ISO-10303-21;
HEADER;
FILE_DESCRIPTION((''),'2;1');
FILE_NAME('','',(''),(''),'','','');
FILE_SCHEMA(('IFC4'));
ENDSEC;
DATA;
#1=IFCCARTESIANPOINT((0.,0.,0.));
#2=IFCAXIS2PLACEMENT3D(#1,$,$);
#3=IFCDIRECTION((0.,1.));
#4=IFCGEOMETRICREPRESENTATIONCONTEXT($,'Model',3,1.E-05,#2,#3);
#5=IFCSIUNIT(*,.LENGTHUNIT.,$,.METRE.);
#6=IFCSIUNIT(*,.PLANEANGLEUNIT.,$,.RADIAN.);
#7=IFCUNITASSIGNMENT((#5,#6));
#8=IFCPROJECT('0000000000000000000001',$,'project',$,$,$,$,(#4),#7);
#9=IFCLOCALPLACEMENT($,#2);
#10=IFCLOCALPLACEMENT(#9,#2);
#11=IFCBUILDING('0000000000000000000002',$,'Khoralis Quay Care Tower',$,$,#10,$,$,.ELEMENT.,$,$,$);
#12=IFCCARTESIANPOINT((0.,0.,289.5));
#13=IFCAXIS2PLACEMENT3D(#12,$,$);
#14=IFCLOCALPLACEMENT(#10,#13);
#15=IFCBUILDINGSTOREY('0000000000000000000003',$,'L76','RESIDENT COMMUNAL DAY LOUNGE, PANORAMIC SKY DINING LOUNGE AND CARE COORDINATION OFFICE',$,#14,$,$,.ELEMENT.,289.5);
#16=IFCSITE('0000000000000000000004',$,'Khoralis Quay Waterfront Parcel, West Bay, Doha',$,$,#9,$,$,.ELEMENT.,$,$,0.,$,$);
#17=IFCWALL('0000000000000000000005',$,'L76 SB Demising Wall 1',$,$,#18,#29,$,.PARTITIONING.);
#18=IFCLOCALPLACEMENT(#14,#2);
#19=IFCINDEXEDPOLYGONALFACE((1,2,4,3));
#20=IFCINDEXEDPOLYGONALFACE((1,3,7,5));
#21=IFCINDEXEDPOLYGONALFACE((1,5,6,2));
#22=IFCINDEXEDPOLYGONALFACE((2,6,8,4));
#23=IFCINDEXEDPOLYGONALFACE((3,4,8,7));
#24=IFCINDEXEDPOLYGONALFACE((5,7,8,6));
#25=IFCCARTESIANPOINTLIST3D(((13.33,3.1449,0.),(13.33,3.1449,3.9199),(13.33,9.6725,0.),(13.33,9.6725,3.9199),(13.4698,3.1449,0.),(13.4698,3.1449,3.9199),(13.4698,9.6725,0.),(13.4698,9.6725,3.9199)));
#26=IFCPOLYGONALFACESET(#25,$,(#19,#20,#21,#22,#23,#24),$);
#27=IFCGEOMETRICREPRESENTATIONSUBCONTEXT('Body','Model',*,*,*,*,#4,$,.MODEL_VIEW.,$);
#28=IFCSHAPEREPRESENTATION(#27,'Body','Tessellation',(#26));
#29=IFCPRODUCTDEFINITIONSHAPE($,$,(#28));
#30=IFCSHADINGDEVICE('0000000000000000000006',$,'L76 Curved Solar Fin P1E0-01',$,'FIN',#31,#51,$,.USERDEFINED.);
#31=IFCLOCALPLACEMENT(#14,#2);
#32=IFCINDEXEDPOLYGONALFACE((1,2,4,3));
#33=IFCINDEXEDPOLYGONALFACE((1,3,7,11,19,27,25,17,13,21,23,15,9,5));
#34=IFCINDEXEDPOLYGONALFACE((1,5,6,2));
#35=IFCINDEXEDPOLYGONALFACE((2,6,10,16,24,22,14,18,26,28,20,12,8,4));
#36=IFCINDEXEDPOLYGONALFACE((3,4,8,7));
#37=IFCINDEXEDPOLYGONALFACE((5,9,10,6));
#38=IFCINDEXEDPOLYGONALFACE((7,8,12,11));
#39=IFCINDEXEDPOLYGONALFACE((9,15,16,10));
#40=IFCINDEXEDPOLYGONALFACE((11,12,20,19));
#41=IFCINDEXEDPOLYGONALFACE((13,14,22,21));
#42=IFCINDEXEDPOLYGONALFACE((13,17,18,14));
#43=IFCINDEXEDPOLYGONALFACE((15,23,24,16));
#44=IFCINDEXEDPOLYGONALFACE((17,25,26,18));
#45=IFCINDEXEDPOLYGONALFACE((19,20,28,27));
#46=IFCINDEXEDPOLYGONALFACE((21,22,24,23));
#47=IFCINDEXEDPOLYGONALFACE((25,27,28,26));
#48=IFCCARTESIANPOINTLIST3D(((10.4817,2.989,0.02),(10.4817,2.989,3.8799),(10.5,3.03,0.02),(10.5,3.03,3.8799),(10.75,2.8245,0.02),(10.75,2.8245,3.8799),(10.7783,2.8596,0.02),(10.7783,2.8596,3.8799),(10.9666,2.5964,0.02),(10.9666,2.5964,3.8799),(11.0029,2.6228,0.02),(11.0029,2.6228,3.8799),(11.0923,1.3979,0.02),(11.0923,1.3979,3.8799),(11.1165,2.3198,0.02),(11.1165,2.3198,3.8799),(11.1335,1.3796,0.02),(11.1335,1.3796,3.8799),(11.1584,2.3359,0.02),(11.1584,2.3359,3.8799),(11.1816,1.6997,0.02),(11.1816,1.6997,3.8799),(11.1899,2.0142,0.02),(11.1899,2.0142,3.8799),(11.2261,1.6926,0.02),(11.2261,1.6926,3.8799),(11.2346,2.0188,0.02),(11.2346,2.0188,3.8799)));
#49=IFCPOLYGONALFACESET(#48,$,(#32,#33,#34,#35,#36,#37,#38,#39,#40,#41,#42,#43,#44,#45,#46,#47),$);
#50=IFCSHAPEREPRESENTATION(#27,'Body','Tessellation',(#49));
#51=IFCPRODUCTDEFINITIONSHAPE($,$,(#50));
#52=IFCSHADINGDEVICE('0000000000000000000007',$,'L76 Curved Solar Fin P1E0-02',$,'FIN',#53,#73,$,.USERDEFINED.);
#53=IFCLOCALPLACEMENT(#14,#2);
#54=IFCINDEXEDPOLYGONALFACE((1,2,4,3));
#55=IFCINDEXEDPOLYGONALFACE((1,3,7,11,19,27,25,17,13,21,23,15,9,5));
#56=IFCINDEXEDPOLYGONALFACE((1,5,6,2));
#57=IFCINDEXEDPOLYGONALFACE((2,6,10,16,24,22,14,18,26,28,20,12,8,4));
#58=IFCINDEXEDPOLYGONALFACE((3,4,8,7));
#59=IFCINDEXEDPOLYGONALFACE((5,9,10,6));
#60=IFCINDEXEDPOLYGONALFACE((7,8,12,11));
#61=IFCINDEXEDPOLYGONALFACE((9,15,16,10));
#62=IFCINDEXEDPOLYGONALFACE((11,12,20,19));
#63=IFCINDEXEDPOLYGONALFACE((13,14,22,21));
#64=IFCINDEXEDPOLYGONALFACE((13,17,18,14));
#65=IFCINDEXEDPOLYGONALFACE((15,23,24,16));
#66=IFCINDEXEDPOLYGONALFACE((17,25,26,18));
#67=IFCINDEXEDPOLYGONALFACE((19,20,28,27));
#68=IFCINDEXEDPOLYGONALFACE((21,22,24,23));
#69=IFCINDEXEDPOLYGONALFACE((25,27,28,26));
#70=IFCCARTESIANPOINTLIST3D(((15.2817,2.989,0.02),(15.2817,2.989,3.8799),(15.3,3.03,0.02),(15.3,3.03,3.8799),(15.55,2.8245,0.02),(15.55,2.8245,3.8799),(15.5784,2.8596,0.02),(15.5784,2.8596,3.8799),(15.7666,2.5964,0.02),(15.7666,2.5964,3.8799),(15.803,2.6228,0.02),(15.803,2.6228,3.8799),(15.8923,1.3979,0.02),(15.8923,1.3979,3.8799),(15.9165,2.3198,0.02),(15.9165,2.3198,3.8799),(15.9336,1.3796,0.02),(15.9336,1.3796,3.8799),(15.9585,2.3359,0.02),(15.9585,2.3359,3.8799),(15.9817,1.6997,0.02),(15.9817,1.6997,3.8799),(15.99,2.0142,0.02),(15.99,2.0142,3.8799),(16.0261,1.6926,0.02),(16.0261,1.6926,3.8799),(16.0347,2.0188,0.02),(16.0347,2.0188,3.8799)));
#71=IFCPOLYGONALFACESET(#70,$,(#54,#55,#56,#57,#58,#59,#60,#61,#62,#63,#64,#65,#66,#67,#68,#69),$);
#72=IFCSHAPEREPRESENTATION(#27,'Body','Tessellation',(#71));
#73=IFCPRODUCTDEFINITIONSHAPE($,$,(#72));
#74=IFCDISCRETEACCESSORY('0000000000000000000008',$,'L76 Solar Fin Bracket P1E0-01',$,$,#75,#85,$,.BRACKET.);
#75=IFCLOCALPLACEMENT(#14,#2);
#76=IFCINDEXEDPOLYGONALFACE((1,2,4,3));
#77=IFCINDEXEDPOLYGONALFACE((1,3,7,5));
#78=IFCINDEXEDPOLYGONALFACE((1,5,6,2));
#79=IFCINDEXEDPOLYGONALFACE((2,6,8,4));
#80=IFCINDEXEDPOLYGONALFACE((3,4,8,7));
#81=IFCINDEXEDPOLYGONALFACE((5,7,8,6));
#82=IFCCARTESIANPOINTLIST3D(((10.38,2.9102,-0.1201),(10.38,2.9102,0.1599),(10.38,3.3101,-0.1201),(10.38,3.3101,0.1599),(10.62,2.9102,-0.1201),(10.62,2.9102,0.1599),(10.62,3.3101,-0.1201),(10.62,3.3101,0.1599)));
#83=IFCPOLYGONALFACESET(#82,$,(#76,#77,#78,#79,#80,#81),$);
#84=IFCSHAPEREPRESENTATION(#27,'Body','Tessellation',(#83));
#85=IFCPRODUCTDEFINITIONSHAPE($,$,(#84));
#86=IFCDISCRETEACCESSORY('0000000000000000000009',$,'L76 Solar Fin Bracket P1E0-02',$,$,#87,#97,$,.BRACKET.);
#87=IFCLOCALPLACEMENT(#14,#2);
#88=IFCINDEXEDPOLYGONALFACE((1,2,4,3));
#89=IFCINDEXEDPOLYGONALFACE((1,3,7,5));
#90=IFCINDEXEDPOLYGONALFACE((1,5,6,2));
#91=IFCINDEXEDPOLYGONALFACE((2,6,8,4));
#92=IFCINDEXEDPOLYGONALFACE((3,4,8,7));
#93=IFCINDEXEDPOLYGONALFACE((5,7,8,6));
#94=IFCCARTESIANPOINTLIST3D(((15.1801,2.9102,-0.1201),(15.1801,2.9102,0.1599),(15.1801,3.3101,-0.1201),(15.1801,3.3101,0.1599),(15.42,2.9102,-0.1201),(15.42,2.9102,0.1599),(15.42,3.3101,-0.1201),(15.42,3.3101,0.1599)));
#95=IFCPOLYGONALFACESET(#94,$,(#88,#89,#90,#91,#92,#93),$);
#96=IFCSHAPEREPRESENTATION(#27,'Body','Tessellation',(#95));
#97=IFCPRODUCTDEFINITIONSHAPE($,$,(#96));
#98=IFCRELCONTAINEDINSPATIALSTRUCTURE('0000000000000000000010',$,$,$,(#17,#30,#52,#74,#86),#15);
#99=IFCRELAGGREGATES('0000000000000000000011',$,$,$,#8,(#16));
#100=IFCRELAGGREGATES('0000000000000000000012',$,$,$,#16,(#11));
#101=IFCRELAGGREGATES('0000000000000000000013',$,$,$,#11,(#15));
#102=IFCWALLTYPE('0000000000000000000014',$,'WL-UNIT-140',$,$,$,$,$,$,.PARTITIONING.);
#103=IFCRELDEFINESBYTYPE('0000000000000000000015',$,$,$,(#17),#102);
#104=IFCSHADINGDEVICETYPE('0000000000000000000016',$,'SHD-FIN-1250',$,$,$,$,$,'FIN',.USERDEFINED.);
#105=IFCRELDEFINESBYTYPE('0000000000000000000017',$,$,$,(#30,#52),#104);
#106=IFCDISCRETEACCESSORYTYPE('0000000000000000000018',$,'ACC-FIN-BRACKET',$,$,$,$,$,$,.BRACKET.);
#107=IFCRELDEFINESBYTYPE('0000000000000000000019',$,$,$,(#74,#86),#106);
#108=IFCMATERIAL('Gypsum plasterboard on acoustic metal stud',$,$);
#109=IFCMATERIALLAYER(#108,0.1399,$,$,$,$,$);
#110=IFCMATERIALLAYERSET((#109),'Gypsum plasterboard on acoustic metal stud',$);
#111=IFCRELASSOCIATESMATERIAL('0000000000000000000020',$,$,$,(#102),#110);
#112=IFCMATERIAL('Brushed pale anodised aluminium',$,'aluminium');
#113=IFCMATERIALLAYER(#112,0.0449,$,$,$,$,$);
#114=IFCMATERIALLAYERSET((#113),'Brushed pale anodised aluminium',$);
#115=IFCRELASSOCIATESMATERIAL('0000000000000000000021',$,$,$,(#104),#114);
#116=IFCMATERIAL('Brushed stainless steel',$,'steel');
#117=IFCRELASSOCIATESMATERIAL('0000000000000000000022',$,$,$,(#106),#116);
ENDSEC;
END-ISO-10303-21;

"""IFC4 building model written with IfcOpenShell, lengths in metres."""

from ifc_helpers import new_model, si_unit, direction, frame, frame_2d, origin, origin_2d, place, context, subcontext, project, spatial, polyline, rectangle, outline, extrude, source, transform, mapped, material, layer, layer_set, type_object, element, save


model = new_model("IFC4")

# Units and contexts
model_context = context("Model", 3, precision=1e-05, world=origin(), true_north=direction((0.0, 1.0)))
body_context = subcontext(model_context, "Body", "Model", "MODEL_VIEW")
ifc_project = project(units=[si_unit("LENGTHUNIT", "METRE"), si_unit("PLANEANGLEUNIT", "RADIAN")], contexts=[model_context])

# Site, building, storey
site_placement = place(None, origin())
site = spatial("IfcSite", under=ifc_project, at=site_placement, Name="Khoralis Quay Waterfront Parcel, West Bay, Doha", CompositionType="ELEMENT", RefElevation=0.0)
building_placement = place(site_placement, origin())
building = spatial("IfcBuilding", under=site, at=building_placement, Name="Khoralis Quay Care Tower", CompositionType="ELEMENT")
storey_placement = place(building_placement, frame((0.0, 0.0, 289.5)))
storey = spatial("IfcBuildingStorey", under=building, at=storey_placement, Name="L76", Description="RESIDENT COMMUNAL DAY LOUNGE, PANORAMIC SKY DINING LOUNGE AND CARE COORDINATION OFFICE", CompositionType="ELEMENT", Elevation=289.5)

# Shared definitions
ifc_material_1 = material(Name="Gypsum plasterboard on acoustic metal stud")

# Wall
ifc_layer_1 = layer(ifc_material_1, 0.1399)
ifc_layer_set_1 = layer_set([ifc_layer_1], Name="Gypsum plasterboard on acoustic metal stud")
wall_type_1 = type_object("IfcWallType", Name="WL-UNIT-140", PredefinedType="PARTITIONING", material=ifc_layer_set_1)
wall_1_placement = place(storey_placement, frame((13.3999, 3.145, 0.0), z_axis=(0.0, 0.0, 1.0), x_axis=(0.0, 1.0, 0.0)))
element("IfcWall", 1, at=wall_1_placement, inside=storey, type_object=wall_type_1, Name="L76 SB Demising Wall 1", PredefinedType="PARTITIONING", context=body_context, shape_type="SweptSolid", body=[
    extrude(rectangle(XDim=6.5276, YDim=0.1399, at=frame_2d((3.2637, 0.0))), origin(), (0.0, 0.0, 1.0), 3.9199),
])

# Shading devices
ifc_material_2 = material(Name="Brushed pale anodised aluminium", Category="aluminium")
ifc_layer_2 = layer(ifc_material_2, 0.0449)
ifc_layer_set_2 = layer_set([ifc_layer_2], Name="Brushed pale anodised aluminium")
shading_device_type = type_object("IfcShadingDeviceType", Name="SHD-FIN-1250", ElementType="FIN", PredefinedType="USERDEFINED", material=ifc_layer_set_2)
shared_shape_1 = source(origin(), body_context, "Body", "SweptSolid", [
    extrude(outline(polyline([(0.0, 0.0), (0.1704, 0.2783), (0.4072, 0.5029), (0.6941, 0.6584), (1.0112, 0.7346), (1.3374, 0.7261), (1.6504, 0.6335), (1.6321, 0.5923), (1.3303, 0.6816), (1.0159, 0.6899), (0.7102, 0.6165), (0.4336, 0.4666), (0.2056, 0.25), (0.041, -0.0183), (0.0, 0.0)])), origin(), (0.0, 0.0, 1.0), 3.8599),
])
for number, where, z_axis, x_axis, name in (
    (2, (10.5, 3.03, 0.02), (0.0, 0.0, 1.0), (0.0, -1.0, 0.0), "L76 Curved Solar Fin P1E0-01"),
    (3, (15.3, 3.03, 0.02), (0.0, 0.0, 1.0), (0.0, -1.0, 0.0), "L76 Curved Solar Fin P1E0-02"),
):
    element("IfcShadingDevice", number, at=place(storey_placement, frame(where, z_axis=z_axis, x_axis=x_axis)), inside=storey, type_object=shading_device_type, Name=name, ObjectType="FIN", PredefinedType="USERDEFINED", context=body_context, shape_type="MappedRepresentation", body=[
        mapped(shared_shape_1, transform((0.0, 0.0, 0.0), scale=1.0)),
    ])

# Discrete accessories
ifc_material_3 = material(Name="Brushed stainless steel", Category="steel")
discrete_accessory_type = type_object("IfcDiscreteAccessoryType", Name="ACC-FIN-BRACKET", PredefinedType="BRACKET", material=ifc_material_3)
shared_shape_2 = source(origin(), body_context, "Body", "SweptSolid", [
    extrude(rectangle(XDim=0.3999, YDim=0.24, at=origin_2d()), origin(), (0.0, 0.0, 1.0), 0.28),
])
for number, where, z_axis, x_axis, name in (
    (4, (10.5, 3.1101, -0.1201), (0.0, 0.0, 1.0), (0.0, -1.0, 0.0), "L76 Solar Fin Bracket P1E0-01"),
    (5, (15.3, 3.1101, -0.1201), (0.0, 0.0, 1.0), (0.0, -1.0, 0.0), "L76 Solar Fin Bracket P1E0-02"),
):
    element("IfcDiscreteAccessory", number, at=place(storey_placement, frame(where, z_axis=z_axis, x_axis=x_axis)), inside=storey, type_object=discrete_accessory_type, Name=name, PredefinedType="BRACKET", context=body_context, shape_type="MappedRepresentation", body=[
        mapped(shared_shape_2, transform((0.0, 0.0, 0.0), scale=1.0)),
    ])

save(model, "model.ifc")
